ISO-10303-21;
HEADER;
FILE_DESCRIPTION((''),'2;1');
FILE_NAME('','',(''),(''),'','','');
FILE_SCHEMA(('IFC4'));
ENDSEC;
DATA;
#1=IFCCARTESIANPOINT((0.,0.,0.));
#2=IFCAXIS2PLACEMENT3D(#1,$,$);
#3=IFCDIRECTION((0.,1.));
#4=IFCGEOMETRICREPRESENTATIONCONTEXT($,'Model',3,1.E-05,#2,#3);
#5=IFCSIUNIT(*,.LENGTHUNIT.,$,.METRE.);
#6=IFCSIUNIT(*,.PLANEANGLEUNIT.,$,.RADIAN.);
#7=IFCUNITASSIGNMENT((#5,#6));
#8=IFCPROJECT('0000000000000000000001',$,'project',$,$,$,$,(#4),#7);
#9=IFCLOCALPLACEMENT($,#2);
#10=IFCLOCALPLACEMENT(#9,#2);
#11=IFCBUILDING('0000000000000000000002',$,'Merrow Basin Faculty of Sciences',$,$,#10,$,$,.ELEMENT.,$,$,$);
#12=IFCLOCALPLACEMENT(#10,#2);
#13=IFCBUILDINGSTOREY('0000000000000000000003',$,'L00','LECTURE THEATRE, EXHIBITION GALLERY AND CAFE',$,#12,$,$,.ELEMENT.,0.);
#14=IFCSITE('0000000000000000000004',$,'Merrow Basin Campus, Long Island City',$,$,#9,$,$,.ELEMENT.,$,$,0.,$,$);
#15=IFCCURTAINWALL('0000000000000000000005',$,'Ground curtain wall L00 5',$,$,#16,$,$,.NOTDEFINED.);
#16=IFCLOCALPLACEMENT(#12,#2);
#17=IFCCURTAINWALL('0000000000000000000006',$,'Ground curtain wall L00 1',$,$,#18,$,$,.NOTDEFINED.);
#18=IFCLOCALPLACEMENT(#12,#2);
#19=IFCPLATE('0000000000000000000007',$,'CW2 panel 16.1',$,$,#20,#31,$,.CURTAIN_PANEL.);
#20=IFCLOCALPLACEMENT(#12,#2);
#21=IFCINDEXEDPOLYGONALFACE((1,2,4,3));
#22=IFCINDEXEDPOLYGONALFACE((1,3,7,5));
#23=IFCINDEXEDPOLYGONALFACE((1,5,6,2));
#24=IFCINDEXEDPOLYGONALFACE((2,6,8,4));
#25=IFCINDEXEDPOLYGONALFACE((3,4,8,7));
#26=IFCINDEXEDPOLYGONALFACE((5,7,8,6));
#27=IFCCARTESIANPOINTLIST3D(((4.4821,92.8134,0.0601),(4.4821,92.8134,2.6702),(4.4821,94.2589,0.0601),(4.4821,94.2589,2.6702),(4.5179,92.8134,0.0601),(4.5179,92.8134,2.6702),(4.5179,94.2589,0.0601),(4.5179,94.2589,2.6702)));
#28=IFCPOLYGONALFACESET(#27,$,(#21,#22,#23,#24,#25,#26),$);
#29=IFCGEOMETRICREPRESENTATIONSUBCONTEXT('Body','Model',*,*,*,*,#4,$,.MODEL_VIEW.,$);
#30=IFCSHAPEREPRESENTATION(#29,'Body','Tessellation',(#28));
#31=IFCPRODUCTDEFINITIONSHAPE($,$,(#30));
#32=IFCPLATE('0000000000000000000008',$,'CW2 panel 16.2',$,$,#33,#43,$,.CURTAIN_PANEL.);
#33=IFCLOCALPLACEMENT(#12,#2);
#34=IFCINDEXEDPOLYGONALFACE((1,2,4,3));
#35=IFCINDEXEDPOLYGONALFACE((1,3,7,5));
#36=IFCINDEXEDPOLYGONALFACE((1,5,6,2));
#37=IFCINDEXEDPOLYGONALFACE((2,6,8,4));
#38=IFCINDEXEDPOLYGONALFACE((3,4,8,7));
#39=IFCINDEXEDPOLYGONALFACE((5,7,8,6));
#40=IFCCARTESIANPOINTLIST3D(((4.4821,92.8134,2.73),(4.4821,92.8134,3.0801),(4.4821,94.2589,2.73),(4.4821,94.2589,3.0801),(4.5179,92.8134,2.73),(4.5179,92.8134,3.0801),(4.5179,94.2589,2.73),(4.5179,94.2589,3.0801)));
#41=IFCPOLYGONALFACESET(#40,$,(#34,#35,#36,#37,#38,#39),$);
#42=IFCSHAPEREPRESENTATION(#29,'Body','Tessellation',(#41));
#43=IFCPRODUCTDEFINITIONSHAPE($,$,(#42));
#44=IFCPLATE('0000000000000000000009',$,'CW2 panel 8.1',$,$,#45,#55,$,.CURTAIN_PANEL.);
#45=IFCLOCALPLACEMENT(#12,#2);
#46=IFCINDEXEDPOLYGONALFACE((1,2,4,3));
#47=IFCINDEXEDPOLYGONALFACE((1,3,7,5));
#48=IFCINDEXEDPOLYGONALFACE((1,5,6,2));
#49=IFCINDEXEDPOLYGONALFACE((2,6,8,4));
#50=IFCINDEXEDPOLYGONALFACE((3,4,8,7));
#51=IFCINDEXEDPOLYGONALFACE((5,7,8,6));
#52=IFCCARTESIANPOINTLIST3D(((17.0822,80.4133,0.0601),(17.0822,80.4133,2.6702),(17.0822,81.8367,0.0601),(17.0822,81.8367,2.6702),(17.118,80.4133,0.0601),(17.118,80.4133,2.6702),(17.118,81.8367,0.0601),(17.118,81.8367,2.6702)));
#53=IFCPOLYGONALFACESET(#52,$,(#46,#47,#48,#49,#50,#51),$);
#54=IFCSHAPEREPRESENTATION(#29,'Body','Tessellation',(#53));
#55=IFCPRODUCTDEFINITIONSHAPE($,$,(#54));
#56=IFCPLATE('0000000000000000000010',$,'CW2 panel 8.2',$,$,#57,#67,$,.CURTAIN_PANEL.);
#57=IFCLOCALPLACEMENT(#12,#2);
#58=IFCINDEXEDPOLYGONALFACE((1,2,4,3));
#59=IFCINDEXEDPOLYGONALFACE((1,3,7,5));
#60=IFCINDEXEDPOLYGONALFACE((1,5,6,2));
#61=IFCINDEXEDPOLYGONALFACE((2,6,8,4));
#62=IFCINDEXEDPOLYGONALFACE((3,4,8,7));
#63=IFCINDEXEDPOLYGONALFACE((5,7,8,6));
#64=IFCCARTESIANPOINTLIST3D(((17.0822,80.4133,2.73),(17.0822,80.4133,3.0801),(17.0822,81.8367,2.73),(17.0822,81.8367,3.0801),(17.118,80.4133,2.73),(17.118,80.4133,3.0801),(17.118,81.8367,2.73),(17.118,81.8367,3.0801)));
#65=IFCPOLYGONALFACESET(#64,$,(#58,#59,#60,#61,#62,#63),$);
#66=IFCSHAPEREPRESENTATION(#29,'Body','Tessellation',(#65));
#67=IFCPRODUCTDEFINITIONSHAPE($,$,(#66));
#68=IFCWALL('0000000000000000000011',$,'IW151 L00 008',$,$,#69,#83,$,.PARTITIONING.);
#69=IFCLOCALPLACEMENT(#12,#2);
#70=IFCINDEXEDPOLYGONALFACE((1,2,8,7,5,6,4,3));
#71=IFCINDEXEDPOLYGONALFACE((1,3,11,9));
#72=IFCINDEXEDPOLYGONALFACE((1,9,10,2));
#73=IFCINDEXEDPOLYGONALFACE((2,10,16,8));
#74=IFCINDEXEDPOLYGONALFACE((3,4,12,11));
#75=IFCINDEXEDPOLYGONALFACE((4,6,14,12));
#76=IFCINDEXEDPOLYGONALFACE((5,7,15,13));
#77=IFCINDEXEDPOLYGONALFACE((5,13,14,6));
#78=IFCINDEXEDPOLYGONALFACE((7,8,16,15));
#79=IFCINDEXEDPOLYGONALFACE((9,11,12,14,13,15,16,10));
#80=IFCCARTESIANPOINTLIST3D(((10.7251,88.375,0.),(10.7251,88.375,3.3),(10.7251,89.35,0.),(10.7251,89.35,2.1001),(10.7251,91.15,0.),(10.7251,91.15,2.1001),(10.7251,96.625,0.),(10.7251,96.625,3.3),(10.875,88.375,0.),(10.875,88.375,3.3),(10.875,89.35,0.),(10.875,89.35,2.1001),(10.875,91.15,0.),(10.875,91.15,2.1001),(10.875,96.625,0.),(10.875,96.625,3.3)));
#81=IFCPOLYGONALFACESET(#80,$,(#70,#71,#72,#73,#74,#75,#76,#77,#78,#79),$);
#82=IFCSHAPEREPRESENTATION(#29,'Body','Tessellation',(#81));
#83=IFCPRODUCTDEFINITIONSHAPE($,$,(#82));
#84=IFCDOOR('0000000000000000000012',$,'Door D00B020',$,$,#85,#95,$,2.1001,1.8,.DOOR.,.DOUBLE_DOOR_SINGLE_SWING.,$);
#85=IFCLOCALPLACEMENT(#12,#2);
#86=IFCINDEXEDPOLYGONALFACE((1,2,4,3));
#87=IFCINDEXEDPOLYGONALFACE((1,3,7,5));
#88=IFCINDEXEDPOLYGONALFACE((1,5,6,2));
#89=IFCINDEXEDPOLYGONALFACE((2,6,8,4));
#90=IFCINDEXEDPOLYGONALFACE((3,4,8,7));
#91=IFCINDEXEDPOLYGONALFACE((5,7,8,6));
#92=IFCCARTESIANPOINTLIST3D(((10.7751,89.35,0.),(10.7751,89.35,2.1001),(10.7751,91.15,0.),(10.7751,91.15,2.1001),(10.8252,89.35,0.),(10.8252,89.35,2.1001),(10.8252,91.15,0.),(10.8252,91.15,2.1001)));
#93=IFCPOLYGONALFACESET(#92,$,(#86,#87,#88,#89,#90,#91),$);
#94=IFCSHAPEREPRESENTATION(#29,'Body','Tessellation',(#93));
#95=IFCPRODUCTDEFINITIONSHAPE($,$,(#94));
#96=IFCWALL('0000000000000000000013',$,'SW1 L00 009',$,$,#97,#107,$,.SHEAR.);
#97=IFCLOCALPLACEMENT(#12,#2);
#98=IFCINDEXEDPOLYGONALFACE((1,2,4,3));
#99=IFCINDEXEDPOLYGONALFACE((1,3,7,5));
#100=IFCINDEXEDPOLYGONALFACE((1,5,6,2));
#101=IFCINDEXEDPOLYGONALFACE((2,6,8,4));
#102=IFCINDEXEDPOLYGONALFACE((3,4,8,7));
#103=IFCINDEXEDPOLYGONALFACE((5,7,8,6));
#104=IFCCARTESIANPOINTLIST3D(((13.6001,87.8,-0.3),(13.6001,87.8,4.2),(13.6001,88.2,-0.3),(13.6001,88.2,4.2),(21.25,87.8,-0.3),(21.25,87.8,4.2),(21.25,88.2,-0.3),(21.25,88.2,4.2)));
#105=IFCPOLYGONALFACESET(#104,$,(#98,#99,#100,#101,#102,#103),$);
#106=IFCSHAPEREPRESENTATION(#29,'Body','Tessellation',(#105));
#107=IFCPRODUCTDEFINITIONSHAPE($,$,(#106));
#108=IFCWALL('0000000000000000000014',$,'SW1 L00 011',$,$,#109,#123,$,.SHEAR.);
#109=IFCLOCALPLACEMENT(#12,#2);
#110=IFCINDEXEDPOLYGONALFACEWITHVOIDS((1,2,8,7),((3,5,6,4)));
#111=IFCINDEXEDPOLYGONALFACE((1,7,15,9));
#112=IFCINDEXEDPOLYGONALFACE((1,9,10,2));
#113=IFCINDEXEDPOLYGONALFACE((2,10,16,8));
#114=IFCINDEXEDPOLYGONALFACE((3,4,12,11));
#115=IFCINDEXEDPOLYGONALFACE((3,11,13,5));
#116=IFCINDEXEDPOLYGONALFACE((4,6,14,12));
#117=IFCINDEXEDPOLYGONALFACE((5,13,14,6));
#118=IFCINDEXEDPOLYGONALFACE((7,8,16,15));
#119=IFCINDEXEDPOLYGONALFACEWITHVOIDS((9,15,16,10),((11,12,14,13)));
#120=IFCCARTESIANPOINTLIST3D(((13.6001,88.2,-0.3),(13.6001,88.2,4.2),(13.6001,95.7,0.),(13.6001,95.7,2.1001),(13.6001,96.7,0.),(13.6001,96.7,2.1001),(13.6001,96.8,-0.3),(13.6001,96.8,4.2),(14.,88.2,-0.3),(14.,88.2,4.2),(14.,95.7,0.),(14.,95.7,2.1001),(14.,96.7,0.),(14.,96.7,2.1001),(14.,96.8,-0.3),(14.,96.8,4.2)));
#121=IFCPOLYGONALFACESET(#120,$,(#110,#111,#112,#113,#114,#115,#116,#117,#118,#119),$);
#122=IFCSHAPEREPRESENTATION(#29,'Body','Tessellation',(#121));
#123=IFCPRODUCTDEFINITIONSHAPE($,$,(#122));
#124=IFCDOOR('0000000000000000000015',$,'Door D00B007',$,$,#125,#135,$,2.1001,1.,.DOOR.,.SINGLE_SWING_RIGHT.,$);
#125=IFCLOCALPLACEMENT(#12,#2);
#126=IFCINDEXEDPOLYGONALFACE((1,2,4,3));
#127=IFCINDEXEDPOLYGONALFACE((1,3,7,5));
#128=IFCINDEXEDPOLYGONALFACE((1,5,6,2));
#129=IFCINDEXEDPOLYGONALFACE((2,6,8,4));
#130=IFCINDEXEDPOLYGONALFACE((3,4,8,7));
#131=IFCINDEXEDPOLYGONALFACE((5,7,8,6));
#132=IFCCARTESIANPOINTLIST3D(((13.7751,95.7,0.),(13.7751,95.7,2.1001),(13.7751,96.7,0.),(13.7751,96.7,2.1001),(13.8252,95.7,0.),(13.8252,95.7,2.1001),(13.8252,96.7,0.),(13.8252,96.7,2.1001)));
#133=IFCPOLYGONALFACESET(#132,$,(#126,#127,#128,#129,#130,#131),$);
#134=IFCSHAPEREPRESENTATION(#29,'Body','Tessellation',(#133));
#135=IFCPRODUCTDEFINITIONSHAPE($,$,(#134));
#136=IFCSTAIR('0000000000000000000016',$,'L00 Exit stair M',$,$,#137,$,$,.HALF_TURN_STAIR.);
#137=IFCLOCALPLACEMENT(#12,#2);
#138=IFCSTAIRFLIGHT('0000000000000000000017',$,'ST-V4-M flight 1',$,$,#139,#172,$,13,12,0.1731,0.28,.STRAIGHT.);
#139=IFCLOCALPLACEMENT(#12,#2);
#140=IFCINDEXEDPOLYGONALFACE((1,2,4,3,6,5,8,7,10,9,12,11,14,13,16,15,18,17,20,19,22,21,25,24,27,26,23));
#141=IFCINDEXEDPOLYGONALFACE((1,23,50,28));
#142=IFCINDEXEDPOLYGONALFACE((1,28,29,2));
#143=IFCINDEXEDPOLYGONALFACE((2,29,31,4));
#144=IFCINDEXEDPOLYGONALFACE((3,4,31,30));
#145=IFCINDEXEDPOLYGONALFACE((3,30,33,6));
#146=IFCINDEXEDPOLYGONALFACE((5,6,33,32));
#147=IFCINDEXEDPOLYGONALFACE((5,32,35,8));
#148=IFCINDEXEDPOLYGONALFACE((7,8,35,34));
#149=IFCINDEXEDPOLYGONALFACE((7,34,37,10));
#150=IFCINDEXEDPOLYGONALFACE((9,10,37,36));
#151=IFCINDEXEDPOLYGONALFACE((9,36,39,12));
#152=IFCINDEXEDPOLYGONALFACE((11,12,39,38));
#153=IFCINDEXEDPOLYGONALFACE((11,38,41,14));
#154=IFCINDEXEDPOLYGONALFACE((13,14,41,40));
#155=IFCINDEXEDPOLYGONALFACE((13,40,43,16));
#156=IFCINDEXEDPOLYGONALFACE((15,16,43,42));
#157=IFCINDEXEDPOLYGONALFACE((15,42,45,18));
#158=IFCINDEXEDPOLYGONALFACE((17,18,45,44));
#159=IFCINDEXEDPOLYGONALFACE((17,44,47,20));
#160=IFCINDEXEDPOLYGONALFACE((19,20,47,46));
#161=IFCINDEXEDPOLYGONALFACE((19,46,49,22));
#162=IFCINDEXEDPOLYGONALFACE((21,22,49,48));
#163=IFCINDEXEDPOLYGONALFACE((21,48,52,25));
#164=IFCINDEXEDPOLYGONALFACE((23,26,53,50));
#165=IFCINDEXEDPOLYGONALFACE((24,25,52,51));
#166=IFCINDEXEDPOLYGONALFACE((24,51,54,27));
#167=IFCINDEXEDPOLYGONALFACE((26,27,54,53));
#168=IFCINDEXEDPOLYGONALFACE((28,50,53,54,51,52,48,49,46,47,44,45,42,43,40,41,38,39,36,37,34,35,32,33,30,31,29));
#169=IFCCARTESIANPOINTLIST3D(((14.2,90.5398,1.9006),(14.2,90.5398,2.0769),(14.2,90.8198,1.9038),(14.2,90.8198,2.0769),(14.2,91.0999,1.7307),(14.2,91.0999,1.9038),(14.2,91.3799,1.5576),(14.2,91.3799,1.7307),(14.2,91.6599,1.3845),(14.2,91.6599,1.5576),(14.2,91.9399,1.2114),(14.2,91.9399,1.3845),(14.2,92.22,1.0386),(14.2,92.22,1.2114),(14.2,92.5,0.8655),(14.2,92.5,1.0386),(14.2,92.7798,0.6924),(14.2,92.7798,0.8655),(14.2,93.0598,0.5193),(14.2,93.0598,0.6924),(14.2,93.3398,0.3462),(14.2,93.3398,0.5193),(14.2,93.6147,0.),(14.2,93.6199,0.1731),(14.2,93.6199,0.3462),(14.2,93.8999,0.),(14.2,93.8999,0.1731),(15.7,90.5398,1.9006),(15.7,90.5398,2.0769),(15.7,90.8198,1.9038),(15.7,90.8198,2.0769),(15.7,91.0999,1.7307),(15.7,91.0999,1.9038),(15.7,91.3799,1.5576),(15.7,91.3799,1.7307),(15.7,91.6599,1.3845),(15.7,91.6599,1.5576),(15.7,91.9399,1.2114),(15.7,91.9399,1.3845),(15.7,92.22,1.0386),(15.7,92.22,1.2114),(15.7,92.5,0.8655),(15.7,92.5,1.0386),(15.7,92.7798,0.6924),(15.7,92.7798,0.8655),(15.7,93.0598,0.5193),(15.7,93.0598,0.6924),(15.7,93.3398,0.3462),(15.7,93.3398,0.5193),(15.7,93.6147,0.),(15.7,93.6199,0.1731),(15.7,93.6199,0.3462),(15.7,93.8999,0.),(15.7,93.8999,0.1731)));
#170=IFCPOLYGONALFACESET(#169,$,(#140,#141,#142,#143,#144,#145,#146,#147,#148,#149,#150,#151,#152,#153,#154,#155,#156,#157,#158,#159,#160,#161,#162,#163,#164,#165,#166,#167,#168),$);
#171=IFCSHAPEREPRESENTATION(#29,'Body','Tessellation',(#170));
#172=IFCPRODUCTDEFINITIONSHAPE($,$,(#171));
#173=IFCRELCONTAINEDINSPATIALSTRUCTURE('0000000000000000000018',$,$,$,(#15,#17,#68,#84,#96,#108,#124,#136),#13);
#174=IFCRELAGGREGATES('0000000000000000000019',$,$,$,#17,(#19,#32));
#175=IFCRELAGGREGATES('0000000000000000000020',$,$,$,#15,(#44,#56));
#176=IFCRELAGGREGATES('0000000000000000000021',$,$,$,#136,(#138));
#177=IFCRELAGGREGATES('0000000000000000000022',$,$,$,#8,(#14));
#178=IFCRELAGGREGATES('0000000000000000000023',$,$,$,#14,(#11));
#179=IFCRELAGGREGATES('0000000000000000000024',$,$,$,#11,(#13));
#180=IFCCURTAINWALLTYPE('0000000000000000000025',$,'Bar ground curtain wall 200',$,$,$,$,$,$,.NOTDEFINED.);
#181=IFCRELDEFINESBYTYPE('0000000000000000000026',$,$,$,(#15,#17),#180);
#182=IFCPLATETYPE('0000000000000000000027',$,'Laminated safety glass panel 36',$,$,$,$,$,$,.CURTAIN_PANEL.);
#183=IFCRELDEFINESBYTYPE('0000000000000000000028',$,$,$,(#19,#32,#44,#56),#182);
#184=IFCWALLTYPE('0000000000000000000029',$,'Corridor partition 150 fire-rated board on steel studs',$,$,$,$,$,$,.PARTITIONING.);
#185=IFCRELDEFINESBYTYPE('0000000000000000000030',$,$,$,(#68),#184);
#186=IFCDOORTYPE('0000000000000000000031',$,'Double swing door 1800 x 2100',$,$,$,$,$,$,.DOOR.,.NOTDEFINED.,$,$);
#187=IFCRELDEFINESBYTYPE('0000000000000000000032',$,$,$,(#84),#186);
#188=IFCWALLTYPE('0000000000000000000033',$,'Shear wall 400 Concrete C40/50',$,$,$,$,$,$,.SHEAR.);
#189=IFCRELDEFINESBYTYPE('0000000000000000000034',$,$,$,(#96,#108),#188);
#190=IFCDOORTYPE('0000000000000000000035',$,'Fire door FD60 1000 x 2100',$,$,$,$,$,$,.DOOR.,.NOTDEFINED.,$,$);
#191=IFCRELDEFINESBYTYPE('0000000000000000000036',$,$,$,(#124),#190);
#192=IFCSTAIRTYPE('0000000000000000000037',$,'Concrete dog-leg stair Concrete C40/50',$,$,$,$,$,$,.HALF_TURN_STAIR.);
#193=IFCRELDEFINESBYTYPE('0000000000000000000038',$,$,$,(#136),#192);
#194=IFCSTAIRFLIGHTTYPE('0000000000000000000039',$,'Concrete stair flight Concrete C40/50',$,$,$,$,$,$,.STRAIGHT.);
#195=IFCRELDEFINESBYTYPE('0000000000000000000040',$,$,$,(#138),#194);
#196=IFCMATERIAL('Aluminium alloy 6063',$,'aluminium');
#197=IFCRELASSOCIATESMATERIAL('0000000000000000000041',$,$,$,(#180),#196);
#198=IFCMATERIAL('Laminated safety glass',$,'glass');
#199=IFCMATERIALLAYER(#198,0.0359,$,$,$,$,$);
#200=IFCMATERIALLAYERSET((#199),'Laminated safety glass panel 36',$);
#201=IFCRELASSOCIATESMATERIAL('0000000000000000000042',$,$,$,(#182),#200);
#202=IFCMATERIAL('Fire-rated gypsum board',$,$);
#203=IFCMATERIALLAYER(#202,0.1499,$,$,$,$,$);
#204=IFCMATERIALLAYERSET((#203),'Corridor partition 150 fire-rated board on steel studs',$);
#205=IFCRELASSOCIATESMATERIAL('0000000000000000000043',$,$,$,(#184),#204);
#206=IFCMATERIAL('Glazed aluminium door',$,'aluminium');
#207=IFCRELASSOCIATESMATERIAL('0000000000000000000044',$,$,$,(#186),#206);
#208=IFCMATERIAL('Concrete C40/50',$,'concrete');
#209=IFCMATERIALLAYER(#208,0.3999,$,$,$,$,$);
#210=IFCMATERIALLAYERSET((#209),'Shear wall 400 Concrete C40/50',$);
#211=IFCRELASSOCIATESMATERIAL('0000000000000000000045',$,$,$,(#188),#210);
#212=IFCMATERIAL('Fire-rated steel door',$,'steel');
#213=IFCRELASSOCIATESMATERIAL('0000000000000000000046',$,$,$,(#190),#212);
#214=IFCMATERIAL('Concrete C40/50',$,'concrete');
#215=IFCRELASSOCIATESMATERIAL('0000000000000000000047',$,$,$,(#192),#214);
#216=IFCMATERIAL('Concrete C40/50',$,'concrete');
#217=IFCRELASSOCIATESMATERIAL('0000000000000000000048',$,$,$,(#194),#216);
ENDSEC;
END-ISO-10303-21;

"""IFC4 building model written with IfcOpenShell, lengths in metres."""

from ifc_helpers import new_model, si_unit, direction, frame, frame_2d, origin, origin_2d, place, context, subcontext, project, spatial, polyline, rectangle, outline, extrude, material, layer, layer_set, type_object, element, fill, aggregate, save


model = new_model("IFC4")

# Units and contexts
model_context = context("Model", 3, precision=1e-05, world=origin(), true_north=direction((0.0, 1.0)))
body_context = subcontext(model_context, "Body", "Model", "MODEL_VIEW")
ifc_project = project(units=[si_unit("LENGTHUNIT", "METRE"), si_unit("PLANEANGLEUNIT", "RADIAN")], contexts=[model_context])

# Site, building, storey
site_placement = place(None, origin())
site = spatial("IfcSite", under=ifc_project, at=site_placement, Name="Merrow Basin Campus, Long Island City", CompositionType="ELEMENT", RefElevation=0.0)
building_placement = place(site_placement, origin())
building = spatial("IfcBuilding", under=site, at=building_placement, Name="Merrow Basin Faculty of Sciences", CompositionType="ELEMENT")
storey_placement = place(building_placement, origin())
storey = spatial("IfcBuildingStorey", under=building, at=storey_placement, Name="L00", Description="LECTURE THEATRE, EXHIBITION GALLERY AND CAFE", CompositionType="ELEMENT", Elevation=0.0)

# Curtain wall
ifc_material_1 = material(Name="Aluminium alloy 6063", Category="aluminium")
curtain_wall_type = type_object("IfcCurtainWallType", Name="Bar ground curtain wall 200", PredefinedType="NOTDEFINED", material=ifc_material_1)
curtain_wall_1_placement = place(storey_placement, origin())
curtain_wall_1 = element("IfcCurtainWall", 1, at=curtain_wall_1_placement, inside=storey, type_object=curtain_wall_type, Name="Ground curtain wall L00 5", PredefinedType="NOTDEFINED")

# Curtain wall, plates
curtain_wall_2_placement = place(storey_placement, origin())
curtain_wall_2 = element("IfcCurtainWall", 2, at=curtain_wall_2_placement, inside=storey, type_object=curtain_wall_type, Name="Ground curtain wall L00 1", PredefinedType="NOTDEFINED")
ifc_material_2 = material(Name="Laminated safety glass", Category="glass")
ifc_layer_1 = layer(ifc_material_2, 0.0359)
ifc_layer_set_1 = layer_set([ifc_layer_1], Name="Laminated safety glass panel 36")
plate_type = type_object("IfcPlateType", Name="Laminated safety glass panel 36", PredefinedType="CURTAIN_PANEL", material=ifc_layer_set_1)
plate_1_placement = place(storey_placement, frame((4.5, 93.5361, 0.0601), z_axis=(0.0, 0.0, 1.0), x_axis=(0.0, 1.0, 0.0)))
plate_1 = element("IfcPlate", 3, at=plate_1_placement, type_object=plate_type, Name="CW2 panel 16.1", PredefinedType="CURTAIN_PANEL", context=body_context, shape_type="SweptSolid", body=[
    extrude(rectangle(XDim=1.4456, YDim=0.0359, at=origin_2d()), origin(), (0.0, 0.0, 1.0), 2.6101),
])
plate_2_placement = place(storey_placement, frame((4.5, 93.5361, 2.73), z_axis=(0.0, 0.0, 1.0), x_axis=(0.0, 1.0, 0.0)))
plate_2 = element("IfcPlate", 4, at=plate_2_placement, type_object=plate_type, Name="CW2 panel 16.2", PredefinedType="CURTAIN_PANEL", context=body_context, shape_type="SweptSolid", body=[
    extrude(rectangle(XDim=1.4456, YDim=0.0359, at=origin_2d()), origin(), (0.0, 0.0, 1.0), 0.3501),
])
aggregate(curtain_wall_2, [plate_1, plate_2])

# Plates
plate_3_placement = place(storey_placement, frame((17.1001, 81.125, 0.0601), z_axis=(0.0, 0.0, 1.0), x_axis=(0.0, 1.0, 0.0)))
plate_3 = element("IfcPlate", 5, at=plate_3_placement, type_object=plate_type, Name="CW2 panel 8.1", PredefinedType="CURTAIN_PANEL", context=body_context, shape_type="SweptSolid", body=[
    extrude(rectangle(XDim=1.4233, YDim=0.0359, at=origin_2d()), origin(), (0.0, 0.0, 1.0), 2.6101),
])
plate_4_placement = place(storey_placement, frame((17.1001, 81.125, 2.73), z_axis=(0.0, 0.0, 1.0), x_axis=(0.0, 1.0, 0.0)))
plate_4 = element("IfcPlate", 6, at=plate_4_placement, type_object=plate_type, Name="CW2 panel 8.2", PredefinedType="CURTAIN_PANEL", context=body_context, shape_type="SweptSolid", body=[
    extrude(rectangle(XDim=1.4233, YDim=0.0359, at=origin_2d()), origin(), (0.0, 0.0, 1.0), 0.3501),
])
aggregate(curtain_wall_1, [plate_3, plate_4])

# Wall, opening, door
ifc_material_3 = material(Name="Fire-rated gypsum board")
ifc_layer_2 = layer(ifc_material_3, 0.1499)
ifc_layer_set_2 = layer_set([ifc_layer_2], Name="Corridor partition 150 fire-rated board on steel studs")
wall_type_1 = type_object("IfcWallType", Name="Corridor partition 150 fire-rated board on steel studs", PredefinedType="PARTITIONING", material=ifc_layer_set_2)
wall_1_placement = place(storey_placement, frame((10.8, 88.375, 0.0), z_axis=(0.0, 0.0, 1.0), x_axis=(0.0, 1.0, 0.0)))
wall_1 = element("IfcWall", 7, at=wall_1_placement, inside=storey, type_object=wall_type_1, Name="IW151 L00 008", PredefinedType="PARTITIONING", context=body_context, shape_type="SweptSolid", body=[
    extrude(rectangle(XDim=8.25, YDim=0.1499, at=frame_2d((4.125, 0.0))), origin(), (0.0, 0.0, 1.0), 3.3),
])
opening_1_placement = place(wall_1_placement, frame((0.9751, 0.0, 0.0)))
opening_1 = element("IfcOpeningElement", 8, at=opening_1_placement, cuts=wall_1, PredefinedType="OPENING", context=body_context, shape_type="SweptSolid", body=[
    extrude(rectangle(XDim=1.8, YDim=2.1001, at=frame_2d((0.8999, 1.05))), frame((0.0, 0.085, 0.0), z_axis=(0.0, -1.0, 0.0), x_axis=(1.0, 0.0, 0.0)), (0.0, 0.0, 1.0), 0.1699),
])
ifc_material_4 = material(Name="Glazed aluminium door", Category="aluminium")
door_type_1 = type_object("IfcDoorType", Name="Double swing door 1800 x 2100", OperationType="NOTDEFINED", PredefinedType="DOOR", material=ifc_material_4)
door_1_placement = place(opening_1_placement, origin())
door_1 = element("IfcDoor", 9, at=door_1_placement, inside=storey, type_object=door_type_1, Name="Door D00B020", OperationType="DOUBLE_DOOR_SINGLE_SWING", OverallHeight=2.1001, OverallWidth=1.8, PredefinedType="DOOR", context=body_context, shape_type="SweptSolid", body=[
    extrude(rectangle(XDim=1.8, YDim=2.1001, at=frame_2d((0.8999, 1.05))), frame((0.0, 0.0249, 0.0), z_axis=(0.0, -1.0, 0.0), x_axis=(1.0, 0.0, 0.0)), (0.0, 0.0, 1.0), 0.05),
])
fill(opening_1, door_1)

# Wall
ifc_material_5 = material(Name="Concrete C40/50", Category="concrete")
ifc_layer_3 = layer(ifc_material_5, 0.3999)
ifc_layer_set_3 = layer_set([ifc_layer_3], Name="Shear wall 400 Concrete C40/50")
wall_type_2 = type_object("IfcWallType", Name="Shear wall 400 Concrete C40/50", PredefinedType="SHEAR", material=ifc_layer_set_3)
wall_2_placement = place(storey_placement, frame((13.6001, 88.0, -0.3), z_axis=(0.0, 0.0, 1.0), x_axis=(1.0, 0.0, 0.0)))
element("IfcWall", 10, at=wall_2_placement, inside=storey, type_object=wall_type_2, Name="SW1 L00 009", PredefinedType="SHEAR", context=body_context, shape_type="SweptSolid", body=[
    extrude(rectangle(XDim=7.6499, YDim=0.3999, at=frame_2d((3.825, 0.0))), origin(), (0.0, 0.0, 1.0), 4.5),
])

# Wall, opening, door
wall_3_placement = place(storey_placement, frame((13.8, 88.2, -0.3), z_axis=(0.0, 0.0, 1.0), x_axis=(0.0, 1.0, 0.0)))
wall_3 = element("IfcWall", 11, at=wall_3_placement, inside=storey, type_object=wall_type_2, Name="SW1 L00 011", PredefinedType="SHEAR", context=body_context, shape_type="SweptSolid", body=[
    extrude(rectangle(XDim=8.6001, YDim=0.3999, at=frame_2d((4.3, 0.0))), origin(), (0.0, 0.0, 1.0), 4.5),
])
opening_2_placement = place(wall_3_placement, frame((7.5, 0.0, 0.3)))
opening_2 = element("IfcOpeningElement", 12, at=opening_2_placement, cuts=wall_3, PredefinedType="OPENING", context=body_context, shape_type="SweptSolid", body=[
    extrude(rectangle(XDim=1.0, YDim=2.1001, at=frame_2d((0.5, 1.05))), frame((0.0, 0.21, 0.0), z_axis=(0.0, -1.0, 0.0), x_axis=(1.0, 0.0, 0.0)), (0.0, 0.0, 1.0), 0.4199),
])
ifc_material_6 = material(Name="Fire-rated steel door", Category="steel")
door_type_2 = type_object("IfcDoorType", Name="Fire door FD60 1000 x 2100", OperationType="NOTDEFINED", PredefinedType="DOOR", material=ifc_material_6)
door_2_placement = place(opening_2_placement, origin())
door_2 = element("IfcDoor", 13, at=door_2_placement, inside=storey, type_object=door_type_2, Name="Door D00B007", OperationType="SINGLE_SWING_RIGHT", OverallHeight=2.1001, OverallWidth=1.0, PredefinedType="DOOR", context=body_context, shape_type="SweptSolid", body=[
    extrude(rectangle(XDim=1.0, YDim=2.1001, at=frame_2d((0.5, 1.05))), frame((0.0, 0.0249, 0.0), z_axis=(0.0, -1.0, 0.0), x_axis=(1.0, 0.0, 0.0)), (0.0, 0.0, 1.0), 0.05),
])
fill(opening_2, door_2)

# Stair, stair flight
ifc_material_7 = material(Name="Concrete C40/50", Category="concrete")
stair_type = type_object("IfcStairType", Name="Concrete dog-leg stair Concrete C40/50", PredefinedType="HALF_TURN_STAIR", material=ifc_material_7)
stair_placement = place(storey_placement, origin())
stair = element("IfcStair", 14, at=stair_placement, inside=storey, type_object=stair_type, Name="L00 Exit stair M", PredefinedType="HALF_TURN_STAIR")
ifc_material_8 = material(Name="Concrete C40/50", Category="concrete")
stair_flight_type = type_object("IfcStairFlightType", Name="Concrete stair flight Concrete C40/50", PredefinedType="STRAIGHT", material=ifc_material_8)
stair_flight_1_placement = place(storey_placement, frame((14.95, 93.8999, 0.0), z_axis=(0.0, 0.0, 1.0), x_axis=(0.0, -1.0, 0.0)))
stair_flight_1 = element("IfcStairFlight", 15, at=stair_flight_1_placement, type_object=stair_flight_type, Name="ST-V4-M flight 1", NumberOfRisers=13, NumberOfTreads=12, PredefinedType="STRAIGHT", RiserHeight=0.1731, TreadLength=0.28, context=body_context, shape_type="SweptSolid", body=[
    extrude(outline(polyline([(0.0, 0.0), (0.0, 0.1731), (0.28, 0.1731), (0.28, 0.3462), (0.5601, 0.3462), (0.5601, 0.5193), (0.8401, 0.5193), (0.8401, 0.6924), (1.1201, 0.6924), (1.1201, 0.8655), (1.3999, 0.8655), (1.3999, 1.0386), (1.6799, 1.0386), (1.6799, 1.2114), (1.96, 1.2114), (1.96, 1.3845), (2.24, 1.3845), (2.24, 1.5576), (2.52, 1.5576), (2.52, 1.7307), (2.8, 1.7307), (2.8, 1.9038), (3.0801, 1.9038), (3.0801, 2.0769), (3.3601, 2.0769), (3.3601, 2.25), (3.3601, 1.9006), (0.2852, 0.0), (0.0, 0.0)])), frame((0.0, 0.75, 0.0), z_axis=(0.0, -1.0, 0.0), x_axis=(1.0, 0.0, 0.0)), (0.0, 0.0, 1.0), 1.5),
])
aggregate(stair, [stair_flight_1])

save(model, "model.ifc")
